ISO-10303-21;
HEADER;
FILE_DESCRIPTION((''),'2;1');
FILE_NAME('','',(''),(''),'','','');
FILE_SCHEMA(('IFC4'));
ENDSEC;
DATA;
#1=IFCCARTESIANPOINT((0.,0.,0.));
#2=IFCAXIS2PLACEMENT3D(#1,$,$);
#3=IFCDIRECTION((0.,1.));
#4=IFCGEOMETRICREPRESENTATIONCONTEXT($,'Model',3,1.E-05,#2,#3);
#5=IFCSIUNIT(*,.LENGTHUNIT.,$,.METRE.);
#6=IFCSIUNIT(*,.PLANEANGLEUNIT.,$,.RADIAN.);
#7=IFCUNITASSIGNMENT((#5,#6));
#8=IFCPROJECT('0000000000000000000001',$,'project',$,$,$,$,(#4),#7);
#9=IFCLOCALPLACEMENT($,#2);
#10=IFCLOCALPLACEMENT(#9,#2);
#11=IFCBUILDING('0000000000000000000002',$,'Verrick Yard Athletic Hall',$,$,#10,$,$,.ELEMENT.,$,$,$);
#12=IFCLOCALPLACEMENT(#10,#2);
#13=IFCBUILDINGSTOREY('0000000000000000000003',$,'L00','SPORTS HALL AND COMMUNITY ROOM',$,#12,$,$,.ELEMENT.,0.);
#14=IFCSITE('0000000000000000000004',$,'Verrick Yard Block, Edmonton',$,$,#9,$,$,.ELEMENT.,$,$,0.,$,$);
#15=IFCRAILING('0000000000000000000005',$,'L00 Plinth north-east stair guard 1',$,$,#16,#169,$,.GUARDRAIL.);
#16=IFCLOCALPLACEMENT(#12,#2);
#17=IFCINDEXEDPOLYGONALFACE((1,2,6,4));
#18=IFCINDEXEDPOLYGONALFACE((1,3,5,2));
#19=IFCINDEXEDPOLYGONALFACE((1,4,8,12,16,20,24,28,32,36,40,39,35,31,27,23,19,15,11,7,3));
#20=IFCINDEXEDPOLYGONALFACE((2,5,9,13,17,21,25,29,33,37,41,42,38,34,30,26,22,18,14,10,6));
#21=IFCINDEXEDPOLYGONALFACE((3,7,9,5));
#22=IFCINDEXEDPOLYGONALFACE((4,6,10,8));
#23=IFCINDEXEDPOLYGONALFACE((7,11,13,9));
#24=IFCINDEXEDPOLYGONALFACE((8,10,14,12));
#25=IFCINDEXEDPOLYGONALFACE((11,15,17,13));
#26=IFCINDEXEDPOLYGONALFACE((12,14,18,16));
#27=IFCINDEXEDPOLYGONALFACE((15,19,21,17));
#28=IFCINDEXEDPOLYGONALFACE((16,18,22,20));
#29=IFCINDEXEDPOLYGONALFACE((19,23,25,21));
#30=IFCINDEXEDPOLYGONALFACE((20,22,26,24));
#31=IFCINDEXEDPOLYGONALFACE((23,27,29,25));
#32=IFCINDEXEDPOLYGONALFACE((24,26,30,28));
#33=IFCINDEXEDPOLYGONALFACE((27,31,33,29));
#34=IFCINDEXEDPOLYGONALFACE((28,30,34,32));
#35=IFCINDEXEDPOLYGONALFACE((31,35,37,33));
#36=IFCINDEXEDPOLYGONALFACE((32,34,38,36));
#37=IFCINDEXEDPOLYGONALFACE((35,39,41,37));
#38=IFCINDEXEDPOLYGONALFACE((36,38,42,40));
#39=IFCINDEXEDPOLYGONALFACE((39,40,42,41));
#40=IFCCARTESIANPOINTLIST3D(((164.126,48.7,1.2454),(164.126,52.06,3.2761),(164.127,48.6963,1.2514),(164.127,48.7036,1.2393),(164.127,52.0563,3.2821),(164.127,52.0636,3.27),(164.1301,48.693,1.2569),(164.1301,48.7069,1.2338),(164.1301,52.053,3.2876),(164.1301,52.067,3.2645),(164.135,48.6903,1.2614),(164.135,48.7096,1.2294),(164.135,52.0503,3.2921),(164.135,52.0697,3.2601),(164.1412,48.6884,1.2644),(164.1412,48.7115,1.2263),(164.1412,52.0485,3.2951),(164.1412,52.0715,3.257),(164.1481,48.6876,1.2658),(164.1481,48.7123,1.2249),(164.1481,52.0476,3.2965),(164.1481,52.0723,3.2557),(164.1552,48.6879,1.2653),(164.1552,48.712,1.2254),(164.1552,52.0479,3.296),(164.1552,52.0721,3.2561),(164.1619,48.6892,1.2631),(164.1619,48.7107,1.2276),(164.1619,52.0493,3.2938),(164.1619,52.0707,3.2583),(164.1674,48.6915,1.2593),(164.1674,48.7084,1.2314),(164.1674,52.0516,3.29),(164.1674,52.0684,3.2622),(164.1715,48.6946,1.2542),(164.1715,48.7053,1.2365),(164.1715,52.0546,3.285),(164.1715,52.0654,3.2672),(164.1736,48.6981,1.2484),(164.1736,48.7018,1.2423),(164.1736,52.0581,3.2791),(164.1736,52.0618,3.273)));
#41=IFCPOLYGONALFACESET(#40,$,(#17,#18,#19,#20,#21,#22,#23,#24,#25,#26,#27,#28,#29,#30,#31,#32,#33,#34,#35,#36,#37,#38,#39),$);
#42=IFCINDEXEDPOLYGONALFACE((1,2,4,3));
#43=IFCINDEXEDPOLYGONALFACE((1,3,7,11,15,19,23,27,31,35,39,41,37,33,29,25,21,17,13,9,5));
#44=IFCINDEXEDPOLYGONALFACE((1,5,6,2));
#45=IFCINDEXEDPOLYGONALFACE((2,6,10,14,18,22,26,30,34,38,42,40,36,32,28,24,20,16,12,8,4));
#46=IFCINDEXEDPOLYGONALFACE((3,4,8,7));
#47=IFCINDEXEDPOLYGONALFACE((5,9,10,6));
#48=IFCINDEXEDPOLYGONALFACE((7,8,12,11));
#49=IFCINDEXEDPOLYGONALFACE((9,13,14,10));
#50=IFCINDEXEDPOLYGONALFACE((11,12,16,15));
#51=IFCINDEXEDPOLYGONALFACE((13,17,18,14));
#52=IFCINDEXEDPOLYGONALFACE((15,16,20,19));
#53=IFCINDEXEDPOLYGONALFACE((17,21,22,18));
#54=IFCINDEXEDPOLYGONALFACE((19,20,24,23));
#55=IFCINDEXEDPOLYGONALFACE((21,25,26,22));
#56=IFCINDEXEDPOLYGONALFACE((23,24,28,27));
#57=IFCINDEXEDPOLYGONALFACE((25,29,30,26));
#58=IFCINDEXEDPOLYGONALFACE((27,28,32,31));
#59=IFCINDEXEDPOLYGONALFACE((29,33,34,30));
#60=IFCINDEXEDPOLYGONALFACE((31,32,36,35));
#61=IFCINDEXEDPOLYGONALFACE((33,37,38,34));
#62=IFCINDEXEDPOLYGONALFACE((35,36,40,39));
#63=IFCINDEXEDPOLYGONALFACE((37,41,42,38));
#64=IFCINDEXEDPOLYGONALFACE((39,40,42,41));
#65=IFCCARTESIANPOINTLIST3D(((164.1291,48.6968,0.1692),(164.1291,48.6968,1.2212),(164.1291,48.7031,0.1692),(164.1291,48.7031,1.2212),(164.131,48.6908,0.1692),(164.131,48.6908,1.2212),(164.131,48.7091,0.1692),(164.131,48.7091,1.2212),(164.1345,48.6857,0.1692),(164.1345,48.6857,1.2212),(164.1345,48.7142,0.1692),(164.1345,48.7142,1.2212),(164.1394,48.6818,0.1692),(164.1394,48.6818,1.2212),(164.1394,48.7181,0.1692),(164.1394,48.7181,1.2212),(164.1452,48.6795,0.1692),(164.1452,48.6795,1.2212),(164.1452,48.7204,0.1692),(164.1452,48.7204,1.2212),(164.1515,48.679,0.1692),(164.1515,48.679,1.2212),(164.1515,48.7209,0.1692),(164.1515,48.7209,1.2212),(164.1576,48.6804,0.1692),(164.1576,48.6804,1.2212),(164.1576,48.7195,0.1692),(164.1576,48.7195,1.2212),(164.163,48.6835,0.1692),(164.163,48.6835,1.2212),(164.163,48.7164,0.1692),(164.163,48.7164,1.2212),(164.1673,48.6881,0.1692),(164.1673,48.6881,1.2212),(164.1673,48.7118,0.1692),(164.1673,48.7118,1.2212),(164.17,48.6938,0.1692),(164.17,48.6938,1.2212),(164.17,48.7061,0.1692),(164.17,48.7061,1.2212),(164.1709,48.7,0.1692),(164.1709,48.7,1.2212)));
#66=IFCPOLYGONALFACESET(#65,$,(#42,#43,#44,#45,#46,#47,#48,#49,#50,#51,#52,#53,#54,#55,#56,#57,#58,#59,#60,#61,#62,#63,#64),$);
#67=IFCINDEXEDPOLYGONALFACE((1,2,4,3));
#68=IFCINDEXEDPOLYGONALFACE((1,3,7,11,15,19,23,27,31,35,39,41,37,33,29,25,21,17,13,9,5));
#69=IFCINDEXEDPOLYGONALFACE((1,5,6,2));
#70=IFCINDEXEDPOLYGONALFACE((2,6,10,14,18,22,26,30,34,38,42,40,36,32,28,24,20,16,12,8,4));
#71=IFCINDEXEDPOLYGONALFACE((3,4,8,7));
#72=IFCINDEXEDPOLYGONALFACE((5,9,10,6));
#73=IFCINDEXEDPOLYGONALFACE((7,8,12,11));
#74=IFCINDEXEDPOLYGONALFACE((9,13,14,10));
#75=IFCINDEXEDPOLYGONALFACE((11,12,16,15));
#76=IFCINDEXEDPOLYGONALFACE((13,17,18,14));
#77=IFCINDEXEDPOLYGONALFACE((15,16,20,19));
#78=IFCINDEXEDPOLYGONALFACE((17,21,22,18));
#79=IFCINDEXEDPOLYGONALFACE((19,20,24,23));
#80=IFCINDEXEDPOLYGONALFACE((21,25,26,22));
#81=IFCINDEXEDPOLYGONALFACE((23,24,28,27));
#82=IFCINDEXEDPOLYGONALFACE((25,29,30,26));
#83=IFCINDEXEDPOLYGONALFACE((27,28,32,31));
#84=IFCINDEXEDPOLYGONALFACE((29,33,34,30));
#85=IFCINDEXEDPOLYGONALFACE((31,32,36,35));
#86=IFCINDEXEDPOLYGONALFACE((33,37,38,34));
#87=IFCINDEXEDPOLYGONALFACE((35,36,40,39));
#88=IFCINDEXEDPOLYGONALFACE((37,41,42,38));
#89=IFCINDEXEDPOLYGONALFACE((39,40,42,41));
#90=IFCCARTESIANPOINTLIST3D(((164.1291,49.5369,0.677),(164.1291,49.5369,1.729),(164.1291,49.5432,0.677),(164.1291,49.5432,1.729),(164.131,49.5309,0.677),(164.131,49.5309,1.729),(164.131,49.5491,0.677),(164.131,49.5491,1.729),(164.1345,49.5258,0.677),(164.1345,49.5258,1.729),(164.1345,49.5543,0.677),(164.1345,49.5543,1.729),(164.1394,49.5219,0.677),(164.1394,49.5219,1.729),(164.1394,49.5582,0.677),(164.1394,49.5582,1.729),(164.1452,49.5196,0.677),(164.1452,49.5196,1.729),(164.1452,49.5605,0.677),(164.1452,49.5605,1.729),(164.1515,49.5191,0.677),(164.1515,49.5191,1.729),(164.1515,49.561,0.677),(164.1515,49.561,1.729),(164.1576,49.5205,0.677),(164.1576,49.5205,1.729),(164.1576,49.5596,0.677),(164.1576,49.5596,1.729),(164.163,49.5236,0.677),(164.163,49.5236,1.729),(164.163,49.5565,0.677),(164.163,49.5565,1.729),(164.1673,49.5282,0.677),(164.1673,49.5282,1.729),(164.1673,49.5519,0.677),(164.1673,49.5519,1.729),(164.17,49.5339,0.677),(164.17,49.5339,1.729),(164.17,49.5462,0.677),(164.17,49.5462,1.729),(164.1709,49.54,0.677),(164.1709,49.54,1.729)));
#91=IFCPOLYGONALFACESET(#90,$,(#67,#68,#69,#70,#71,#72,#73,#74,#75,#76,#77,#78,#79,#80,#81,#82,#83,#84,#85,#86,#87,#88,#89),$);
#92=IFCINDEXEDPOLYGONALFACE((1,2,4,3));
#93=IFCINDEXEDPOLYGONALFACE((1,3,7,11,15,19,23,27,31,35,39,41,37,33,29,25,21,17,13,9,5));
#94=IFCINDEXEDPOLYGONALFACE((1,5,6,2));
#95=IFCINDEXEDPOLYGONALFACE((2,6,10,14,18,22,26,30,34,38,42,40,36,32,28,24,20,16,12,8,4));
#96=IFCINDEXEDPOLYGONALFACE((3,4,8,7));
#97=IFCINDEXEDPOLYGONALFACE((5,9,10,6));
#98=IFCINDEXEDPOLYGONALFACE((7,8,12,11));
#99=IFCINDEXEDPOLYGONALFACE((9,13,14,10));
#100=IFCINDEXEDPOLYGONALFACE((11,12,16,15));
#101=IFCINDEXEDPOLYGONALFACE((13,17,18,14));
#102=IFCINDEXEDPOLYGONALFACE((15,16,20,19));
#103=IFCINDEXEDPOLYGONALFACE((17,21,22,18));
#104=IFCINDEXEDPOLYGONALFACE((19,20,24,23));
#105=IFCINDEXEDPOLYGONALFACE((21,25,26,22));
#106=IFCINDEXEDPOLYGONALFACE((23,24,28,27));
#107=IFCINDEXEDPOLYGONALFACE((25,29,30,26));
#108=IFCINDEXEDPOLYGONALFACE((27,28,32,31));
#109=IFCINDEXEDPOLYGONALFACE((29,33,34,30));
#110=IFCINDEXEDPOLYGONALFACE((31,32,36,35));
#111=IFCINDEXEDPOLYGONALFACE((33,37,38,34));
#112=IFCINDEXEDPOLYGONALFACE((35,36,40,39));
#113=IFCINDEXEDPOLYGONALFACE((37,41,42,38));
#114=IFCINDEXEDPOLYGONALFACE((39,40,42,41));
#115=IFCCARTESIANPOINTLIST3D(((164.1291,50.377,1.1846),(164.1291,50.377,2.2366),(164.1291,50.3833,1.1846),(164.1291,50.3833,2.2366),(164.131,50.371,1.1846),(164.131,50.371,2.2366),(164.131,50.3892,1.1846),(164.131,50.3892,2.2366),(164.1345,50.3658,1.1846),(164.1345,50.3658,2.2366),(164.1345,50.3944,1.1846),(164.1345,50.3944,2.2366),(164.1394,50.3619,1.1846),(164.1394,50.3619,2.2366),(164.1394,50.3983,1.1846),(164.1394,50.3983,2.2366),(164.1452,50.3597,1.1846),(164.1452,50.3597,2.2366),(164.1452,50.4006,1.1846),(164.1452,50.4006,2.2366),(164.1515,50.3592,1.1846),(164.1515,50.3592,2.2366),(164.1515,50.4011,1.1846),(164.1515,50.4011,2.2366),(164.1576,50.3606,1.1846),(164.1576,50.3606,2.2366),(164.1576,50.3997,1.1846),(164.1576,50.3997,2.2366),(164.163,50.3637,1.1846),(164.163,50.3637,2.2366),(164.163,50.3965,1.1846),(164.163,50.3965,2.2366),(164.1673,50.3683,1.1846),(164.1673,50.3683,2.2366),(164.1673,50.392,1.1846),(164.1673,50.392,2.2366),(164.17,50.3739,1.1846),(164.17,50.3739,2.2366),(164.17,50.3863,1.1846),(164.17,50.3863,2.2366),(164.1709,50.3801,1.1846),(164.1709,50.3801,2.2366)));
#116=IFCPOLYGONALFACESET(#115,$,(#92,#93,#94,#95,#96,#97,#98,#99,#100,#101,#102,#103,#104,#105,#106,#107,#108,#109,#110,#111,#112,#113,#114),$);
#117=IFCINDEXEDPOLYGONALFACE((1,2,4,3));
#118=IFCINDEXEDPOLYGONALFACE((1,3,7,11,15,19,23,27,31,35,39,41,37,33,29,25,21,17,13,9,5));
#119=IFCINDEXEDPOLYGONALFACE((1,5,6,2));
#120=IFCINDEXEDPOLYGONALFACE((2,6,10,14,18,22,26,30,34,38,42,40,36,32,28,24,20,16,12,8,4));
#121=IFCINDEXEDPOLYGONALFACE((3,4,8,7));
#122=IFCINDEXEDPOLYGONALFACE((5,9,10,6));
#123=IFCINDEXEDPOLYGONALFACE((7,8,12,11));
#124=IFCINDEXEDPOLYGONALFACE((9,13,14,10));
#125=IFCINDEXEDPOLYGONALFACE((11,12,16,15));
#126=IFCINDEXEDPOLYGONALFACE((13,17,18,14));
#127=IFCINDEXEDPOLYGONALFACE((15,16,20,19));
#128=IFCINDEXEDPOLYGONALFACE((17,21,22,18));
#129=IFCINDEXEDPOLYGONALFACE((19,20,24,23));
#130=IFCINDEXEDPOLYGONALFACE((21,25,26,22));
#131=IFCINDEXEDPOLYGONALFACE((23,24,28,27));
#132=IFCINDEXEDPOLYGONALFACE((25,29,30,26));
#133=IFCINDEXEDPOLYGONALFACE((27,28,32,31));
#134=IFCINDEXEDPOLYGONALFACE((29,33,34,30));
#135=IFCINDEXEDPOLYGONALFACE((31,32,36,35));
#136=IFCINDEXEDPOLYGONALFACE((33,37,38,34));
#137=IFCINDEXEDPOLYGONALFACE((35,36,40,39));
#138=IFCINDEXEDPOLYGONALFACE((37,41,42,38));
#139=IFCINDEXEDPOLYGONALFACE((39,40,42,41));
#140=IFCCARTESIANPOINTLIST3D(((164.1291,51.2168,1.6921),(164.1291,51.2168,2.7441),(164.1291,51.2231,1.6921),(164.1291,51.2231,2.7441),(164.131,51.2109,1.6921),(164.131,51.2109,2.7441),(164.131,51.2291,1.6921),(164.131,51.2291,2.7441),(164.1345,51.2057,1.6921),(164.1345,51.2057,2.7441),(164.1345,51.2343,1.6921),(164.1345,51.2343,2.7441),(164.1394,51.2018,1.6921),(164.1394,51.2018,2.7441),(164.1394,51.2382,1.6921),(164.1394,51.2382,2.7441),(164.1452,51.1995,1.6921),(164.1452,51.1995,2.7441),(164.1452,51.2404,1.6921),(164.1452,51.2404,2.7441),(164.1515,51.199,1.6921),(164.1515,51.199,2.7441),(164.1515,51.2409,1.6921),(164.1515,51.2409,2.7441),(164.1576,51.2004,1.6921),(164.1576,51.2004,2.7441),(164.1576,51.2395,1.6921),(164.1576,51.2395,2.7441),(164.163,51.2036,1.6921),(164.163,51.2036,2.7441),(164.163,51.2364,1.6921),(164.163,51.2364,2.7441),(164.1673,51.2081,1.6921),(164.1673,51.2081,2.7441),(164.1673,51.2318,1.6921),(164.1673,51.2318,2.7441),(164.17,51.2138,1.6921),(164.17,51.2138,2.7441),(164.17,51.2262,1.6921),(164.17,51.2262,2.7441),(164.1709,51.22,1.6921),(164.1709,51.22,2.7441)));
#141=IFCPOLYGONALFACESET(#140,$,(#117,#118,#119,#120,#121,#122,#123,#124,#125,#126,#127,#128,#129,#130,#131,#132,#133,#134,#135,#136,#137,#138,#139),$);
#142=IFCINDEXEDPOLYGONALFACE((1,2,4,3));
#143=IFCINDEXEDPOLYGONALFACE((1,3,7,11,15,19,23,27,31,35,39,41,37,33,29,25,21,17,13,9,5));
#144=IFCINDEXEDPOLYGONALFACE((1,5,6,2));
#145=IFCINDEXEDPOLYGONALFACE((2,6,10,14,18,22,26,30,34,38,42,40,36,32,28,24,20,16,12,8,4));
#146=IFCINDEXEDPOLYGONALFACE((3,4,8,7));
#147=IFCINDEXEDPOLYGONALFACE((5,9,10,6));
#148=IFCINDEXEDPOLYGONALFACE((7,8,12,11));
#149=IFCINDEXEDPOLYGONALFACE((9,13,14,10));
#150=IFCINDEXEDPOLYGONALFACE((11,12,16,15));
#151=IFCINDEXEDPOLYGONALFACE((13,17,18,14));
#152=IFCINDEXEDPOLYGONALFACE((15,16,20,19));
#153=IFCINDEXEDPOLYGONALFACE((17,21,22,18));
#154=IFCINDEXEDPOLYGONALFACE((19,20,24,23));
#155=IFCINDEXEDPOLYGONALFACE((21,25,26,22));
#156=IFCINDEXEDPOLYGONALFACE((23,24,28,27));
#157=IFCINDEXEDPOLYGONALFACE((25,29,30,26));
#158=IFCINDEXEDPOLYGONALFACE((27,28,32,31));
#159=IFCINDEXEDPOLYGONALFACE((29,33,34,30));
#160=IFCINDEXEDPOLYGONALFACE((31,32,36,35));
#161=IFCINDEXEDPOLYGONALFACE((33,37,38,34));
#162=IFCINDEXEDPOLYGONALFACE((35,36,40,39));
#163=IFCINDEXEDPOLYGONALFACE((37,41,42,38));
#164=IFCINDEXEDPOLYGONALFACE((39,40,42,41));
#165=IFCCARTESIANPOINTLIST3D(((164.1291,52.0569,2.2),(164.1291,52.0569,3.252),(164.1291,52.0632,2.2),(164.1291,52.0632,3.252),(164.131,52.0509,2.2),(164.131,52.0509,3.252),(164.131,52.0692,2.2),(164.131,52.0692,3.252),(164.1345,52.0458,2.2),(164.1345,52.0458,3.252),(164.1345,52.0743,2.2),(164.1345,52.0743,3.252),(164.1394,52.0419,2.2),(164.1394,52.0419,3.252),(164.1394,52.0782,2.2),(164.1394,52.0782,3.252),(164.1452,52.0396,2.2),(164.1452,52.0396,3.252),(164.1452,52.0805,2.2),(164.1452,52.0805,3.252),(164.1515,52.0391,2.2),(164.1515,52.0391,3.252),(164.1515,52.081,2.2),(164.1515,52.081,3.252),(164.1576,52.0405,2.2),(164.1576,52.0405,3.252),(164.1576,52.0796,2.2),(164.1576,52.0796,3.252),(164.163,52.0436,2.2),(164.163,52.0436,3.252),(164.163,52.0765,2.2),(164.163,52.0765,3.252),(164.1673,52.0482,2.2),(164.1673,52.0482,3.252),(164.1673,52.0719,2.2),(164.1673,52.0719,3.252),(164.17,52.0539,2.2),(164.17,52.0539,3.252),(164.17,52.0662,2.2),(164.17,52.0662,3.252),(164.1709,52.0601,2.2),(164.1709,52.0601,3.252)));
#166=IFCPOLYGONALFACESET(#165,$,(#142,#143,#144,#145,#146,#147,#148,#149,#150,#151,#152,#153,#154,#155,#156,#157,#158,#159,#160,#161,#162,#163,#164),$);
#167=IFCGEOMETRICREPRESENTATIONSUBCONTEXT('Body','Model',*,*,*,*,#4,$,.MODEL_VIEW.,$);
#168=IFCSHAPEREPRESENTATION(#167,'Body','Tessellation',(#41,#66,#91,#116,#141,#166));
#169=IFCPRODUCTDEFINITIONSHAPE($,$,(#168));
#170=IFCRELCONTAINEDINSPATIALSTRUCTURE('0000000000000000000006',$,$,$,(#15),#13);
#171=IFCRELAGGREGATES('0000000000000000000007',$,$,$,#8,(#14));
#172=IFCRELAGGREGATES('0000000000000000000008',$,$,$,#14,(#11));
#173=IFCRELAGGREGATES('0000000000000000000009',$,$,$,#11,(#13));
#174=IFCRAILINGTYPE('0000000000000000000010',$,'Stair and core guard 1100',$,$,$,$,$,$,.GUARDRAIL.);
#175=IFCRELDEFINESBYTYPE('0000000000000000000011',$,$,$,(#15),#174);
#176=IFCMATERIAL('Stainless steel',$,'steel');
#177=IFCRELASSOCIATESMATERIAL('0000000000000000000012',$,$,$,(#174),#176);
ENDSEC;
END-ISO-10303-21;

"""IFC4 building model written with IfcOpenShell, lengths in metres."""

from ifc_helpers import new_model, si_unit, direction, frame, origin, origin_2d, place, context, subcontext, project, spatial, circle, extrude, material, type_object, element, save


model = new_model("IFC4")

# Units and contexts
model_context = context("Model", 3, precision=1e-05, world=origin(), true_north=direction((0.0, 1.0)))
body_context = subcontext(model_context, "Body", "Model", "MODEL_VIEW")
ifc_project = project(units=[si_unit("LENGTHUNIT", "METRE"), si_unit("PLANEANGLEUNIT", "RADIAN")], contexts=[model_context])

# Site, building, storey
site_placement = place(None, origin())
site = spatial("IfcSite", under=ifc_project, at=site_placement, Name="Verrick Yard Block, Edmonton", CompositionType="ELEMENT", RefElevation=0.0)
building_placement = place(site_placement, origin())
building = spatial("IfcBuilding", under=site, at=building_placement, Name="Verrick Yard Athletic Hall", CompositionType="ELEMENT")
storey_placement = place(building_placement, origin())
storey = spatial("IfcBuildingStorey", under=building, at=storey_placement, Name="L00", Description="SPORTS HALL AND COMMUNITY ROOM", CompositionType="ELEMENT", Elevation=0.0)

# Railing
ifc_material_1 = material(Name="Stainless steel", Category="steel")
railing_type_1 = type_object("IfcRailingType", Name="Stair and core guard 1100", PredefinedType="GUARDRAIL", material=ifc_material_1)
railing_1_placement = place(storey_placement, frame((164.1499, 48.7, 0.1692)))
element("IfcRailing", 1, at=railing_1_placement, inside=storey, type_object=railing_type_1, Name="L00 Plinth north-east stair guard 1", PredefinedType="GUARDRAIL", context=body_context, shape_type="SweptSolid", body=[
    extrude(circle(Radius=0.0239, at=origin_2d()), frame((0.0, 0.0, 1.0762), z_axis=(0.0, 0.855837, 0.517246), x_axis=(-1.0, 0.0, 0.0)), (0.0, 0.0, 1.0), 3.926),
    extrude(circle(Radius=0.021, at=origin_2d()), origin(), (0.0, 0.0, 1.0), 1.052),
    extrude(circle(Radius=0.021, at=origin_2d()), frame((0.0, 0.8401, 0.5078)), (0.0, 0.0, 1.0), 1.052),
    extrude(circle(Radius=0.021, at=origin_2d()), frame((0.0, 1.6802, 1.0154)), (0.0, 0.0, 1.0), 1.052),
    extrude(circle(Radius=0.021, at=origin_2d()), frame((0.0, 2.52, 1.5229)), (0.0, 0.0, 1.0), 1.052),
    extrude(circle(Radius=0.021, at=origin_2d()), frame((0.0, 3.3601, 2.0308)), (0.0, 0.0, 1.0), 1.052),
])

save(model, "model.ifc")
